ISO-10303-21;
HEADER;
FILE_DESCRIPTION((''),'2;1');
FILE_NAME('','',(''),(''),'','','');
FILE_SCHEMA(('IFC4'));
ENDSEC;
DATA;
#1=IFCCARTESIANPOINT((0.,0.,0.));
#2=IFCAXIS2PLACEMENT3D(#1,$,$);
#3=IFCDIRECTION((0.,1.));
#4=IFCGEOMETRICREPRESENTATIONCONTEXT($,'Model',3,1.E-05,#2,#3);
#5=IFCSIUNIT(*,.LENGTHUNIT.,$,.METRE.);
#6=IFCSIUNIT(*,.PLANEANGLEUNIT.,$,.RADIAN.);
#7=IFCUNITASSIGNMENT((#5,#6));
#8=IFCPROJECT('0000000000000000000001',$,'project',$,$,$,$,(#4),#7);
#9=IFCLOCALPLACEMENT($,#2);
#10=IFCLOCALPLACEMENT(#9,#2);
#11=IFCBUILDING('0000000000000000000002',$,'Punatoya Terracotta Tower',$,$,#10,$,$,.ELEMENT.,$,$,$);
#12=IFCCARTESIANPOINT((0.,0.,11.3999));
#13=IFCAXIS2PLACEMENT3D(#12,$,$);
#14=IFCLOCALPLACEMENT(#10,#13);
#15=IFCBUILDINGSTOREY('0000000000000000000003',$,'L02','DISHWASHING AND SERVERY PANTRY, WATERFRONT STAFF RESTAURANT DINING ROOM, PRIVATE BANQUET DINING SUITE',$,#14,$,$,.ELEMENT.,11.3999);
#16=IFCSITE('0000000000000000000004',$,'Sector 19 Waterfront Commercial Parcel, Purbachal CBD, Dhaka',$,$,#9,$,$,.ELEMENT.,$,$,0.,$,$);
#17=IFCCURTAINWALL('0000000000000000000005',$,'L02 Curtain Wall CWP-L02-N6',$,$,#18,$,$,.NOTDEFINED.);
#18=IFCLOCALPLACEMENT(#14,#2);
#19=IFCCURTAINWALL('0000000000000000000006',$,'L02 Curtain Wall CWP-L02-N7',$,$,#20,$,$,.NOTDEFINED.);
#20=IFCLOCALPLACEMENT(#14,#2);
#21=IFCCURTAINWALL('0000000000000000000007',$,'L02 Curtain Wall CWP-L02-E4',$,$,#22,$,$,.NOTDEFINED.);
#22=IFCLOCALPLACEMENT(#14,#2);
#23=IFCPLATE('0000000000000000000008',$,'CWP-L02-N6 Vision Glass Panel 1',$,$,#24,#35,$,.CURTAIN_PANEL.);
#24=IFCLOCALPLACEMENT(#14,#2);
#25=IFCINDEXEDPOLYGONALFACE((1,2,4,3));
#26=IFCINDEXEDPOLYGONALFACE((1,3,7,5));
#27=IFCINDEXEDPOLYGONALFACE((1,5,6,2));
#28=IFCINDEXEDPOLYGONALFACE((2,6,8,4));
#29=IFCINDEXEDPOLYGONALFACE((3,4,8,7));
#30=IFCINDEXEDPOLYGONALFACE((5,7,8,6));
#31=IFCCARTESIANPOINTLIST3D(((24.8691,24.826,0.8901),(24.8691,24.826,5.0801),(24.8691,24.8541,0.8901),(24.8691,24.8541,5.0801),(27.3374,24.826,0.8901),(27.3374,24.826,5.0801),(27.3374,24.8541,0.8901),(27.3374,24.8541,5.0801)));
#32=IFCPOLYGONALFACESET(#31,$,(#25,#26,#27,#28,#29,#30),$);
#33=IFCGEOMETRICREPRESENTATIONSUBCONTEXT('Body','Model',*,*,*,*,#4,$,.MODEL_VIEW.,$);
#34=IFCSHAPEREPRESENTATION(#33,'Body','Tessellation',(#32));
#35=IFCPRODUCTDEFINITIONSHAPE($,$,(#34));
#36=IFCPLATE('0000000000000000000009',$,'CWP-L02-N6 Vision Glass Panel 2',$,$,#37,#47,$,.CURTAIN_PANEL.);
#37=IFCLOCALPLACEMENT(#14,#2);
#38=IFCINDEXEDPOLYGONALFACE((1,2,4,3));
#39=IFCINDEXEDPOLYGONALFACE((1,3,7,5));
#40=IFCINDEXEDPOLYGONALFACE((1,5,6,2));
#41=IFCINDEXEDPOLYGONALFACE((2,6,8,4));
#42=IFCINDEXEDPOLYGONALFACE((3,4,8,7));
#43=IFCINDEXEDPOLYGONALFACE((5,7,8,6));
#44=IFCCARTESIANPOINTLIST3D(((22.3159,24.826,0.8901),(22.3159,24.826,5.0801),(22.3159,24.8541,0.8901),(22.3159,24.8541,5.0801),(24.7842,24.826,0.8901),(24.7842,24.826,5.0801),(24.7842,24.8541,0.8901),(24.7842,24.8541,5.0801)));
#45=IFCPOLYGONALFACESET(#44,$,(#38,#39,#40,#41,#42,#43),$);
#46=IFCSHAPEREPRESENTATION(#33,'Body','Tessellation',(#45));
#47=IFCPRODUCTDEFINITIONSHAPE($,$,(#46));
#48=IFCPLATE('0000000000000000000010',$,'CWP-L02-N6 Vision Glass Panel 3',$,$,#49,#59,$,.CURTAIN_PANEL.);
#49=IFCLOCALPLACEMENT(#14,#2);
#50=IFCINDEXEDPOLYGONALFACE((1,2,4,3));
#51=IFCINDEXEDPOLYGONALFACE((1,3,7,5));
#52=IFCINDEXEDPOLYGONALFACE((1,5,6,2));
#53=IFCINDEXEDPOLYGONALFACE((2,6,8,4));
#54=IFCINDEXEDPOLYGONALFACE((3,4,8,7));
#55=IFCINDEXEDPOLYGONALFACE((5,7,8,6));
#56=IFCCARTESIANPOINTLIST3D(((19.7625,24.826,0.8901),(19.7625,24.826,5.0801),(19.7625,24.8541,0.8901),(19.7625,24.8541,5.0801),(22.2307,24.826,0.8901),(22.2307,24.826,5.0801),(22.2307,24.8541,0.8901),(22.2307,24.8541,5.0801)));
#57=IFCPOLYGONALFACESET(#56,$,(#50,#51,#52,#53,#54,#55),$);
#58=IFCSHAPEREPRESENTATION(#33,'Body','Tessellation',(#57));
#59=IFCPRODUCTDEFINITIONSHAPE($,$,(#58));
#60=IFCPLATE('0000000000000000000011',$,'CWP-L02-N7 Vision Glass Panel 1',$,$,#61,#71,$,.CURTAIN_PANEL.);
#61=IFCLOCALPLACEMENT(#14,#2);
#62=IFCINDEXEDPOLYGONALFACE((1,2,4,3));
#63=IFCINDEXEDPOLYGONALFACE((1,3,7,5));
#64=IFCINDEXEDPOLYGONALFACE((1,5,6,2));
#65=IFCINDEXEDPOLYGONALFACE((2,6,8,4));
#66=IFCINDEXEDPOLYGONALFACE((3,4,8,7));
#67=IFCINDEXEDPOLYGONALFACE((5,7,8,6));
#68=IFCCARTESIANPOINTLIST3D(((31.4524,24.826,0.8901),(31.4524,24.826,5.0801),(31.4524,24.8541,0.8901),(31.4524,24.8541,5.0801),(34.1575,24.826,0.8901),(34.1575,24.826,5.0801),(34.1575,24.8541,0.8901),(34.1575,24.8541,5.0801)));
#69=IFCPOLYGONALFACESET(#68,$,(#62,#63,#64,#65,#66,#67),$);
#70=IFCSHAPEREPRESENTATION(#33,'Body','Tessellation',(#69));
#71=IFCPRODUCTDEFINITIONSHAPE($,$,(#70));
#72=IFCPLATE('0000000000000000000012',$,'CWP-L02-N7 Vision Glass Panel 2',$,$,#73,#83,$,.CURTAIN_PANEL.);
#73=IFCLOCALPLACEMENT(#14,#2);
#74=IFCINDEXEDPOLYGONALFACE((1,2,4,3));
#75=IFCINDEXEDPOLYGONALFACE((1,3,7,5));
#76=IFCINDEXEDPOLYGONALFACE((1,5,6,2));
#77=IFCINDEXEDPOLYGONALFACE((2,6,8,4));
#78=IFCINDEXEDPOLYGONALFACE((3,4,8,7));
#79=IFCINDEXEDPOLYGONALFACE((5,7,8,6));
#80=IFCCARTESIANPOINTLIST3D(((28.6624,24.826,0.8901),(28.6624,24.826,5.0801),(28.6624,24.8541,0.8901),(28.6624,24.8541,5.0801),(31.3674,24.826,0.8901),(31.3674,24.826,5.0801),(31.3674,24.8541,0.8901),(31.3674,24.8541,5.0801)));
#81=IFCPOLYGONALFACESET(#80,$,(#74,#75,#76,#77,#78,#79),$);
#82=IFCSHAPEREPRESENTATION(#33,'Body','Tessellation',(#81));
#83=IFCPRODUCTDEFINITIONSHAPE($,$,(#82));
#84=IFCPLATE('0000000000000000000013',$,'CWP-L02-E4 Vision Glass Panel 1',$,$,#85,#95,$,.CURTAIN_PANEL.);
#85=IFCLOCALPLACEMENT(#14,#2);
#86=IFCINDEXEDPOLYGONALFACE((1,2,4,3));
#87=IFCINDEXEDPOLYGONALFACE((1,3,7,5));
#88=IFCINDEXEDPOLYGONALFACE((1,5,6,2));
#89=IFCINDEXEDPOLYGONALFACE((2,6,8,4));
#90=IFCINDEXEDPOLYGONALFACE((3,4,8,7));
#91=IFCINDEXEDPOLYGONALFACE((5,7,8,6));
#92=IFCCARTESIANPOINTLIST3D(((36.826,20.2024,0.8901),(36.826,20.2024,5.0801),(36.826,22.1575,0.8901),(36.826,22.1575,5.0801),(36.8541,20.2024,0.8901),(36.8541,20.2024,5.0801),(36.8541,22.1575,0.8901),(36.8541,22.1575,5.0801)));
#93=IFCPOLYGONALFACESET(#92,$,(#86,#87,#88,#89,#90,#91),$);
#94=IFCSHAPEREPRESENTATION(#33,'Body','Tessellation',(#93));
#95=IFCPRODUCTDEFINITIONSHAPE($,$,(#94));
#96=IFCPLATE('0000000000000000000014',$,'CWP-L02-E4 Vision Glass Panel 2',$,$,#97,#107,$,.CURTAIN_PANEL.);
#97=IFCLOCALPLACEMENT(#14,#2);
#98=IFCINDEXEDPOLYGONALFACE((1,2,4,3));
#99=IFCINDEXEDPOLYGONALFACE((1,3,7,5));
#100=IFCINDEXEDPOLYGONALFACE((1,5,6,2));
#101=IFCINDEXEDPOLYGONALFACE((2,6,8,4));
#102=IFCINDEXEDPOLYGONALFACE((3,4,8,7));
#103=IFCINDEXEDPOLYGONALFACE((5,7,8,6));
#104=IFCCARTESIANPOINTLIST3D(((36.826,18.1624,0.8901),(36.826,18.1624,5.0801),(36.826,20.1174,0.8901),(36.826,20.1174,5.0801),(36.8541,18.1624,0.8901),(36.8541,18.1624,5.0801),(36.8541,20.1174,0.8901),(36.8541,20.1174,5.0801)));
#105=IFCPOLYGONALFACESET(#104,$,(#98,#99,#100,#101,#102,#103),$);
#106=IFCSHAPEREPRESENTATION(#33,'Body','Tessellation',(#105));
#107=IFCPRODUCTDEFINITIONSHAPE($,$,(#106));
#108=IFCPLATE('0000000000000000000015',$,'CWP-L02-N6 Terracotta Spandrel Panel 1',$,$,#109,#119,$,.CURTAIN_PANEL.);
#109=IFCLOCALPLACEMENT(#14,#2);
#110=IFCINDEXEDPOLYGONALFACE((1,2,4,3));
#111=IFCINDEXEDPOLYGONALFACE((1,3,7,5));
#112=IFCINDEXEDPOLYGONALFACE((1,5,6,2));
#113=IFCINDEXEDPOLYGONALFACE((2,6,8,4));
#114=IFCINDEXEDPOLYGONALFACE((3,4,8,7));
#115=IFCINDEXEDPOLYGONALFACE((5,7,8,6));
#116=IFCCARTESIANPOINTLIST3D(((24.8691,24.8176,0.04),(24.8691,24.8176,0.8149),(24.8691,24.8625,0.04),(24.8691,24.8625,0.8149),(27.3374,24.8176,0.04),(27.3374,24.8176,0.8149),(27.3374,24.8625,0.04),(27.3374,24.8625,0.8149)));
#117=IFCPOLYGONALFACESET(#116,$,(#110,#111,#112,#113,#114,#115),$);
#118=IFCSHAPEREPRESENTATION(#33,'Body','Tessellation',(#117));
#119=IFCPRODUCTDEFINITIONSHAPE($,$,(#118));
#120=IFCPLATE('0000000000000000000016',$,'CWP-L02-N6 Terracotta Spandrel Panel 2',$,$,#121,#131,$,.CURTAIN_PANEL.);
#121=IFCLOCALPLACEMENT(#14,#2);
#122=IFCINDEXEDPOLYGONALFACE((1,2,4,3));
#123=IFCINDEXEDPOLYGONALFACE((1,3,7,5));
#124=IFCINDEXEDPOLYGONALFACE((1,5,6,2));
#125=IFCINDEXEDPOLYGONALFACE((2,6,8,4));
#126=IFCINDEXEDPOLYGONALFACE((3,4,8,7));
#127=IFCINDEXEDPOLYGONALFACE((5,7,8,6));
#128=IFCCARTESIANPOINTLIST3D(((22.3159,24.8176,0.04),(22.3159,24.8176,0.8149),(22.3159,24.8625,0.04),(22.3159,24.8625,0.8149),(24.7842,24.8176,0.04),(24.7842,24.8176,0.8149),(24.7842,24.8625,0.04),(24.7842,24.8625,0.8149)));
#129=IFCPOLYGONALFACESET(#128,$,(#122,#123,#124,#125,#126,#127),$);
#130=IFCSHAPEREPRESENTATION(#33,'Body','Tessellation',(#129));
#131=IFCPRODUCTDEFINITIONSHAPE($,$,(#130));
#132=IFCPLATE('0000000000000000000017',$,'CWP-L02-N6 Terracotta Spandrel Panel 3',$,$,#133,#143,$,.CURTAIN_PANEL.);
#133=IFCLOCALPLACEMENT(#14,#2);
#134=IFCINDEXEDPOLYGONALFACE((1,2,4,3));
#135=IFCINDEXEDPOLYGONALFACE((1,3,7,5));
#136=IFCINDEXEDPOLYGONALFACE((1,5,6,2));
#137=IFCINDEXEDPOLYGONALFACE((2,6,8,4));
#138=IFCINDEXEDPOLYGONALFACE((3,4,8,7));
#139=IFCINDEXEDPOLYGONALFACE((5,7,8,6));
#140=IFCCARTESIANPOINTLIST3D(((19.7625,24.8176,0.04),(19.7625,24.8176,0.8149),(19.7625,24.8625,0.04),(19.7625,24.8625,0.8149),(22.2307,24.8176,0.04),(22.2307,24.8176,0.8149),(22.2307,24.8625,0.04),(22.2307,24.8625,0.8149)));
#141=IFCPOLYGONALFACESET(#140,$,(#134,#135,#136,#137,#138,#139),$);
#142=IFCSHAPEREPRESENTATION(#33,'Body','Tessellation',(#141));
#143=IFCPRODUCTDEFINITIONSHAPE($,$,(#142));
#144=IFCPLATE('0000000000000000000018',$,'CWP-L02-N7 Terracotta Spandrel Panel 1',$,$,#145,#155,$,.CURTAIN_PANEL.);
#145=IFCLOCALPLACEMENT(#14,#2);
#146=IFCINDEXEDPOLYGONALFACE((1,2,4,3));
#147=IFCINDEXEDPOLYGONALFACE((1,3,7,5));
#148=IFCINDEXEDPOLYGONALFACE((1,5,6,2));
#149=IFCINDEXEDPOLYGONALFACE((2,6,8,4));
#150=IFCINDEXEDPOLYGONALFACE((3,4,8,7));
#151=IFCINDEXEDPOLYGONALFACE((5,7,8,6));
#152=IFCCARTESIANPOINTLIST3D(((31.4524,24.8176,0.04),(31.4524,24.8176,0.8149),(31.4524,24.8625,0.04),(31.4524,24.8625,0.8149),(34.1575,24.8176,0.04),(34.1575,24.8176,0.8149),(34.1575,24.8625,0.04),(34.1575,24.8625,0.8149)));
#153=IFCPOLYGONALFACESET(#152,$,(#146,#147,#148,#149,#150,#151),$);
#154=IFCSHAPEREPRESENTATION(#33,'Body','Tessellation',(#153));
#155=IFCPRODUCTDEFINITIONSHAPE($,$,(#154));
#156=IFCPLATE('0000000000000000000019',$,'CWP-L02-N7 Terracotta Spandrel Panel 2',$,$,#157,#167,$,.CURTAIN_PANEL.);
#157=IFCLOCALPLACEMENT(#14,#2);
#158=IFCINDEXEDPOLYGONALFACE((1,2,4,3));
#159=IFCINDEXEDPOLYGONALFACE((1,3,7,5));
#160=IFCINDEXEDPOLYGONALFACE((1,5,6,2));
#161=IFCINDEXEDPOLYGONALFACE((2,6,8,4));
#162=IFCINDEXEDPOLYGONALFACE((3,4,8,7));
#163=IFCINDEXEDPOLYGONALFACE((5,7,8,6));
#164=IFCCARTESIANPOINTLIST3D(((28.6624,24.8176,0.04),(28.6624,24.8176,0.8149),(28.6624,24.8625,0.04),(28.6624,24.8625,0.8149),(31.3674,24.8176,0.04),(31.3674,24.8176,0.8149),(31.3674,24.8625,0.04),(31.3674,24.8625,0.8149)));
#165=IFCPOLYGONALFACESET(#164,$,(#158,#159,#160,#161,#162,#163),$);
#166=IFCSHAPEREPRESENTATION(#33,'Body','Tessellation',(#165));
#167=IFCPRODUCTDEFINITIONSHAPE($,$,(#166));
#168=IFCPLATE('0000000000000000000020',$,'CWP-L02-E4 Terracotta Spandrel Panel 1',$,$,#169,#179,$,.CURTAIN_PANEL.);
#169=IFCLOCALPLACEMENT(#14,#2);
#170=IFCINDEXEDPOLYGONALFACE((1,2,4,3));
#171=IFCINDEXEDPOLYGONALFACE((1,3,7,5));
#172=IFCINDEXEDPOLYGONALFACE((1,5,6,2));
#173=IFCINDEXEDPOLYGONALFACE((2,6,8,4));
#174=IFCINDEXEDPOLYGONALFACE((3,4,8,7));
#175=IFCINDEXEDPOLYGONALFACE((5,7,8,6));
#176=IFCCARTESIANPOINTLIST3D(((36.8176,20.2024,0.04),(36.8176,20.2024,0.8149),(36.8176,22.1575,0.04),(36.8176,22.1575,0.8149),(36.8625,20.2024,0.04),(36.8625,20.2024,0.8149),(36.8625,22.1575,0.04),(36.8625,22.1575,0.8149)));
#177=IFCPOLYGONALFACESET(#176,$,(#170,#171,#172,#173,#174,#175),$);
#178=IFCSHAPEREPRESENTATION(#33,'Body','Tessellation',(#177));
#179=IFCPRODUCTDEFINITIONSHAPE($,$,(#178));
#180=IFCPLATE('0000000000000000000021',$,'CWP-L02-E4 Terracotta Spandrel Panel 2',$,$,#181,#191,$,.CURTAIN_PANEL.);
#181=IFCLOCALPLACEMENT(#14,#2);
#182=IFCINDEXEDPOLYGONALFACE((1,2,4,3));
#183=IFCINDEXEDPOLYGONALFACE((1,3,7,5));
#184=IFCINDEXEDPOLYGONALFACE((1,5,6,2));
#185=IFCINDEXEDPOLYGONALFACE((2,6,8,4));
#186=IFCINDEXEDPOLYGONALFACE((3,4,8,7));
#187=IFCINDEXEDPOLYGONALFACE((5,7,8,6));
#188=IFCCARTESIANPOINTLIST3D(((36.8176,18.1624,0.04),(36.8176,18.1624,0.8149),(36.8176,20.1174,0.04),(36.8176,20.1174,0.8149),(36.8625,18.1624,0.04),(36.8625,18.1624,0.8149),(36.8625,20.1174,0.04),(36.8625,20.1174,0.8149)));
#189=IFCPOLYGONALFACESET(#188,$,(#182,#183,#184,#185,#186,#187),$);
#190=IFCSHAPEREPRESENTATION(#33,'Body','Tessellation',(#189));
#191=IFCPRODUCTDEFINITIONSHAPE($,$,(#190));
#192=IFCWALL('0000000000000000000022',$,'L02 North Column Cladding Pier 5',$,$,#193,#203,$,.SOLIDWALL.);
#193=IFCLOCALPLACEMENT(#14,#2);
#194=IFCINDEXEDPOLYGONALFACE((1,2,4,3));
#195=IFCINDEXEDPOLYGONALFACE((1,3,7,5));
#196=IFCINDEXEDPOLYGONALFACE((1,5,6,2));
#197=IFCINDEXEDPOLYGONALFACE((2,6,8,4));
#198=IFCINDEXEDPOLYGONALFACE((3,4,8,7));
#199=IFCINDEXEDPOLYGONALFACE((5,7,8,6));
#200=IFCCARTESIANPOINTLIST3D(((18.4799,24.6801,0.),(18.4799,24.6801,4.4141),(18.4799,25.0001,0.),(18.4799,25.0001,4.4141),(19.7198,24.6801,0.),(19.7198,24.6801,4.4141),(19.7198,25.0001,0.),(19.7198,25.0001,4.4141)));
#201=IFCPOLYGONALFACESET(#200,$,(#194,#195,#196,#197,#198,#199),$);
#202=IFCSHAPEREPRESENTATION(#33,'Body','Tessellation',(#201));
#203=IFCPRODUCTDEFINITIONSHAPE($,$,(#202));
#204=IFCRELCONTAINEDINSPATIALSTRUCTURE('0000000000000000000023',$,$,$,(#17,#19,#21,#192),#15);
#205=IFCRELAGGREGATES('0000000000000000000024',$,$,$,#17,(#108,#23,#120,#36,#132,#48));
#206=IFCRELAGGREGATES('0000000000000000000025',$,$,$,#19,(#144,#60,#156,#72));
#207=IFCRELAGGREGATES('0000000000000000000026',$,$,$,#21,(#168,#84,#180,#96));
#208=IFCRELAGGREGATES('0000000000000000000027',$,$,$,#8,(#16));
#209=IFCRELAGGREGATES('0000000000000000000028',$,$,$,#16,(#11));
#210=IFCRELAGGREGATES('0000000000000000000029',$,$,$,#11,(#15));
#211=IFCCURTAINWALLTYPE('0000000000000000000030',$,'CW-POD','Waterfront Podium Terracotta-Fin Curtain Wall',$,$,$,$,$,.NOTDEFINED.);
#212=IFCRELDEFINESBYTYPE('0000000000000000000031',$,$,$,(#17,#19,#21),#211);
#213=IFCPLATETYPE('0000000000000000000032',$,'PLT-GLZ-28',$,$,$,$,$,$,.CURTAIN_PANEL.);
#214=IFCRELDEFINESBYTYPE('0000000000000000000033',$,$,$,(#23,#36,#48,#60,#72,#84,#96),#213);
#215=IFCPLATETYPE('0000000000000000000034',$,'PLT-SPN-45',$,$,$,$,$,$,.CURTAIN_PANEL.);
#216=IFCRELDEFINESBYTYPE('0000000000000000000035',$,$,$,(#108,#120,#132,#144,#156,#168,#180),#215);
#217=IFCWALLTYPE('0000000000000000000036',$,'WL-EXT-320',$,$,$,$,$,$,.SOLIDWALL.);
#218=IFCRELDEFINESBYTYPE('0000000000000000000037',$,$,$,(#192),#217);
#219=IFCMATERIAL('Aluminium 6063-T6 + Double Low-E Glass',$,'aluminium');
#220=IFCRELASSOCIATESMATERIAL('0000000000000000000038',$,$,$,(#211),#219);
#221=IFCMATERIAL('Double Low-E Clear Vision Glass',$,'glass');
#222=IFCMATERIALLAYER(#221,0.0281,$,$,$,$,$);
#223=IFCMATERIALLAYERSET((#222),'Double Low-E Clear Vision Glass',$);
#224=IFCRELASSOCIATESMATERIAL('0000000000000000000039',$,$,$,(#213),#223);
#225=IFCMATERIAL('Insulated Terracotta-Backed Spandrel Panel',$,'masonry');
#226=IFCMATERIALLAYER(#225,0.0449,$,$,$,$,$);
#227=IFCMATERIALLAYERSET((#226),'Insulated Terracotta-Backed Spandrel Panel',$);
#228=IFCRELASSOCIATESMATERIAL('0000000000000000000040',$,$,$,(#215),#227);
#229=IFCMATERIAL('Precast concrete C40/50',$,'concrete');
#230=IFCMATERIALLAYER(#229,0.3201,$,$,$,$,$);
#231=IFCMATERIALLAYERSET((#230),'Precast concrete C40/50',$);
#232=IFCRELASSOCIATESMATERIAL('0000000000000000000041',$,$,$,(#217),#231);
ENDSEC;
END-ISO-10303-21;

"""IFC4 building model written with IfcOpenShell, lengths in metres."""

from ifc_helpers import new_model, si_unit, direction, frame, frame_2d, origin, origin_2d, place, context, subcontext, project, spatial, rectangle, extrude, material, layer, layer_set, type_object, element, aggregate, save


model = new_model("IFC4")

# Units and contexts
model_context = context("Model", 3, precision=1e-05, world=origin(), true_north=direction((0.0, 1.0)))
body_context = subcontext(model_context, "Body", "Model", "MODEL_VIEW")
ifc_project = project(units=[si_unit("LENGTHUNIT", "METRE"), si_unit("PLANEANGLEUNIT", "RADIAN")], contexts=[model_context])

# Site, building, storey
site_placement = place(None, origin())
site = spatial("IfcSite", under=ifc_project, at=site_placement, Name="Sector 19 Waterfront Commercial Parcel, Purbachal CBD, Dhaka", CompositionType="ELEMENT", RefElevation=0.0)
building_placement = place(site_placement, origin())
building = spatial("IfcBuilding", under=site, at=building_placement, Name="Punatoya Terracotta Tower", CompositionType="ELEMENT")
storey_placement = place(building_placement, frame((0.0, 0.0, 11.3999)))
storey = spatial("IfcBuildingStorey", under=building, at=storey_placement, Name="L02", Description="DISHWASHING AND SERVERY PANTRY, WATERFRONT STAFF RESTAURANT DINING ROOM, PRIVATE BANQUET DINING SUITE", CompositionType="ELEMENT", Elevation=11.3999)

# Curtain walls
ifc_material_1 = material(Name="Aluminium 6063-T6 + Double Low-E Glass", Category="aluminium")
curtain_wall_type = type_object("IfcCurtainWallType", Name="CW-POD", Description="Waterfront Podium Terracotta-Fin Curtain Wall", PredefinedType="NOTDEFINED", material=ifc_material_1)
curtain_wall_1_placement = place(storey_placement, origin())
curtain_wall_1 = element("IfcCurtainWall", 1, at=curtain_wall_1_placement, inside=storey, type_object=curtain_wall_type, Name="L02 Curtain Wall CWP-L02-N6", PredefinedType="NOTDEFINED")
curtain_wall_2_placement = place(storey_placement, origin())
curtain_wall_2 = element("IfcCurtainWall", 2, at=curtain_wall_2_placement, inside=storey, type_object=curtain_wall_type, Name="L02 Curtain Wall CWP-L02-N7", PredefinedType="NOTDEFINED")
curtain_wall_3_placement = place(storey_placement, origin())
curtain_wall_3 = element("IfcCurtainWall", 3, at=curtain_wall_3_placement, inside=storey, type_object=curtain_wall_type, Name="L02 Curtain Wall CWP-L02-E4", PredefinedType="NOTDEFINED")

# Plates
ifc_material_2 = material(Name="Double Low-E Clear Vision Glass", Category="glass")
ifc_layer_1 = layer(ifc_material_2, 0.0281)
ifc_layer_set_1 = layer_set([ifc_layer_1], Name="Double Low-E Clear Vision Glass")
plate_type_1 = type_object("IfcPlateType", Name="PLT-GLZ-28", PredefinedType="CURTAIN_PANEL", material=ifc_layer_set_1)
plate_1_placement = place(storey_placement, frame((26.1033, 24.8401, 0.8901), z_axis=(0.0, 0.0, 1.0), x_axis=(-1.0, 0.0, 0.0)))
plate_1 = element("IfcPlate", 4, at=plate_1_placement, type_object=plate_type_1, Name="CWP-L02-N6 Vision Glass Panel 1", PredefinedType="CURTAIN_PANEL", context=body_context, shape_type="SweptSolid", body=[
    extrude(rectangle(XDim=2.4683, YDim=0.0281, at=origin_2d()), origin(), (0.0, 0.0, 1.0), 4.1899),
])
plate_2_placement = place(storey_placement, frame((23.55, 24.8401, 0.8901), z_axis=(0.0, 0.0, 1.0), x_axis=(-1.0, 0.0, 0.0)))
plate_2 = element("IfcPlate", 5, at=plate_2_placement, type_object=plate_type_1, Name="CWP-L02-N6 Vision Glass Panel 2", PredefinedType="CURTAIN_PANEL", context=body_context, shape_type="SweptSolid", body=[
    extrude(rectangle(XDim=2.4683, YDim=0.0281, at=origin_2d()), origin(), (0.0, 0.0, 1.0), 4.1899),
])
plate_3_placement = place(storey_placement, frame((20.9966, 24.8401, 0.8901), z_axis=(0.0, 0.0, 1.0), x_axis=(-1.0, 0.0, 0.0)))
plate_3 = element("IfcPlate", 6, at=plate_3_placement, type_object=plate_type_1, Name="CWP-L02-N6 Vision Glass Panel 3", PredefinedType="CURTAIN_PANEL", context=body_context, shape_type="SweptSolid", body=[
    extrude(rectangle(XDim=2.4683, YDim=0.0281, at=origin_2d()), origin(), (0.0, 0.0, 1.0), 4.1899),
])
plate_4_placement = place(storey_placement, frame((32.8049, 24.8401, 0.8901), z_axis=(0.0, 0.0, 1.0), x_axis=(-1.0, 0.0, 0.0)))
plate_4 = element("IfcPlate", 7, at=plate_4_placement, type_object=plate_type_1, Name="CWP-L02-N7 Vision Glass Panel 1", PredefinedType="CURTAIN_PANEL", context=body_context, shape_type="SweptSolid", body=[
    extrude(rectangle(XDim=2.7051, YDim=0.0281, at=origin_2d()), origin(), (0.0, 0.0, 1.0), 4.1899),
])
plate_5_placement = place(storey_placement, frame((30.0149, 24.8401, 0.8901), z_axis=(0.0, 0.0, 1.0), x_axis=(-1.0, 0.0, 0.0)))
plate_5 = element("IfcPlate", 8, at=plate_5_placement, type_object=plate_type_1, Name="CWP-L02-N7 Vision Glass Panel 2", PredefinedType="CURTAIN_PANEL", context=body_context, shape_type="SweptSolid", body=[
    extrude(rectangle(XDim=2.7051, YDim=0.0281, at=origin_2d()), origin(), (0.0, 0.0, 1.0), 4.1899),
])
plate_6_placement = place(storey_placement, frame((36.8401, 21.1799, 0.8901), z_axis=(0.0, 0.0, 1.0), x_axis=(0.0, -1.0, 0.0)))
plate_6 = element("IfcPlate", 9, at=plate_6_placement, type_object=plate_type_1, Name="CWP-L02-E4 Vision Glass Panel 1", PredefinedType="CURTAIN_PANEL", context=body_context, shape_type="SweptSolid", body=[
    extrude(rectangle(XDim=1.9551, YDim=0.0281, at=origin_2d()), origin(), (0.0, 0.0, 1.0), 4.1899),
])
plate_7_placement = place(storey_placement, frame((36.8401, 19.1399, 0.8901), z_axis=(0.0, 0.0, 1.0), x_axis=(0.0, -1.0, 0.0)))
plate_7 = element("IfcPlate", 10, at=plate_7_placement, type_object=plate_type_1, Name="CWP-L02-E4 Vision Glass Panel 2", PredefinedType="CURTAIN_PANEL", context=body_context, shape_type="SweptSolid", body=[
    extrude(rectangle(XDim=1.9551, YDim=0.0281, at=origin_2d()), origin(), (0.0, 0.0, 1.0), 4.1899),
])
ifc_material_3 = material(Name="Insulated Terracotta-Backed Spandrel Panel", Category="masonry")
ifc_layer_2 = layer(ifc_material_3, 0.0449)
ifc_layer_set_2 = layer_set([ifc_layer_2], Name="Insulated Terracotta-Backed Spandrel Panel")
plate_type_2 = type_object("IfcPlateType", Name="PLT-SPN-45", PredefinedType="CURTAIN_PANEL", material=ifc_layer_set_2)
plate_8_placement = place(storey_placement, frame((26.1033, 24.8401, 0.04), z_axis=(0.0, 0.0, 1.0), x_axis=(-1.0, 0.0, 0.0)))
plate_8 = element("IfcPlate", 11, at=plate_8_placement, type_object=plate_type_2, Name="CWP-L02-N6 Terracotta Spandrel Panel 1", PredefinedType="CURTAIN_PANEL", context=body_context, shape_type="SweptSolid", body=[
    extrude(rectangle(XDim=2.4683, YDim=0.0449, at=origin_2d()), origin(), (0.0, 0.0, 1.0), 0.7749),
])
plate_9_placement = place(storey_placement, frame((23.55, 24.8401, 0.04), z_axis=(0.0, 0.0, 1.0), x_axis=(-1.0, 0.0, 0.0)))
plate_9 = element("IfcPlate", 12, at=plate_9_placement, type_object=plate_type_2, Name="CWP-L02-N6 Terracotta Spandrel Panel 2", PredefinedType="CURTAIN_PANEL", context=body_context, shape_type="SweptSolid", body=[
    extrude(rectangle(XDim=2.4683, YDim=0.0449, at=origin_2d()), origin(), (0.0, 0.0, 1.0), 0.7749),
])
plate_10_placement = place(storey_placement, frame((20.9966, 24.8401, 0.04), z_axis=(0.0, 0.0, 1.0), x_axis=(-1.0, 0.0, 0.0)))
plate_10 = element("IfcPlate", 13, at=plate_10_placement, type_object=plate_type_2, Name="CWP-L02-N6 Terracotta Spandrel Panel 3", PredefinedType="CURTAIN_PANEL", context=body_context, shape_type="SweptSolid", body=[
    extrude(rectangle(XDim=2.4683, YDim=0.0449, at=origin_2d()), origin(), (0.0, 0.0, 1.0), 0.7749),
])
aggregate(curtain_wall_1, [plate_8, plate_1, plate_9, plate_2, plate_10, plate_3])
plate_11_placement = place(storey_placement, frame((32.8049, 24.8401, 0.04), z_axis=(0.0, 0.0, 1.0), x_axis=(-1.0, 0.0, 0.0)))
plate_11 = element("IfcPlate", 14, at=plate_11_placement, type_object=plate_type_2, Name="CWP-L02-N7 Terracotta Spandrel Panel 1", PredefinedType="CURTAIN_PANEL", context=body_context, shape_type="SweptSolid", body=[
    extrude(rectangle(XDim=2.7051, YDim=0.0449, at=origin_2d()), origin(), (0.0, 0.0, 1.0), 0.7749),
])
plate_12_placement = place(storey_placement, frame((30.0149, 24.8401, 0.04), z_axis=(0.0, 0.0, 1.0), x_axis=(-1.0, 0.0, 0.0)))
plate_12 = element("IfcPlate", 15, at=plate_12_placement, type_object=plate_type_2, Name="CWP-L02-N7 Terracotta Spandrel Panel 2", PredefinedType="CURTAIN_PANEL", context=body_context, shape_type="SweptSolid", body=[
    extrude(rectangle(XDim=2.7051, YDim=0.0449, at=origin_2d()), origin(), (0.0, 0.0, 1.0), 0.7749),
])
aggregate(curtain_wall_2, [plate_11, plate_4, plate_12, plate_5])
plate_13_placement = place(storey_placement, frame((36.8401, 21.1799, 0.04), z_axis=(0.0, 0.0, 1.0), x_axis=(0.0, -1.0, 0.0)))
plate_13 = element("IfcPlate", 16, at=plate_13_placement, type_object=plate_type_2, Name="CWP-L02-E4 Terracotta Spandrel Panel 1", PredefinedType="CURTAIN_PANEL", context=body_context, shape_type="SweptSolid", body=[
    extrude(rectangle(XDim=1.9551, YDim=0.0449, at=origin_2d()), origin(), (0.0, 0.0, 1.0), 0.7749),
])
plate_14_placement = place(storey_placement, frame((36.8401, 19.1399, 0.04), z_axis=(0.0, 0.0, 1.0), x_axis=(0.0, -1.0, 0.0)))
plate_14 = element("IfcPlate", 17, at=plate_14_placement, type_object=plate_type_2, Name="CWP-L02-E4 Terracotta Spandrel Panel 2", PredefinedType="CURTAIN_PANEL", context=body_context, shape_type="SweptSolid", body=[
    extrude(rectangle(XDim=1.9551, YDim=0.0449, at=origin_2d()), origin(), (0.0, 0.0, 1.0), 0.7749),
])
aggregate(curtain_wall_3, [plate_13, plate_6, plate_14, plate_7])

# Wall
ifc_material_4 = material(Name="Precast concrete C40/50", Category="concrete")
ifc_layer_3 = layer(ifc_material_4, 0.3201)
ifc_layer_set_3 = layer_set([ifc_layer_3], Name="Precast concrete C40/50")
wall_type = type_object("IfcWallType", Name="WL-EXT-320", PredefinedType="SOLIDWALL", material=ifc_layer_set_3)
wall_1_placement = place(storey_placement, frame((19.72, 24.8401, 0.0), z_axis=(0.0, 0.0, 1.0), x_axis=(-1.0, 0.0, 0.0)))
element("IfcWall", 18, at=wall_1_placement, inside=storey, type_object=wall_type, Name="L02 North Column Cladding Pier 5", PredefinedType="SOLIDWALL", context=body_context, shape_type="SweptSolid", body=[
    extrude(rectangle(XDim=1.24, YDim=0.3201, at=frame_2d((0.6201, 0.0))), origin(), (0.0, 0.0, 1.0), 4.4141),
])

save(model, "model.ifc")
